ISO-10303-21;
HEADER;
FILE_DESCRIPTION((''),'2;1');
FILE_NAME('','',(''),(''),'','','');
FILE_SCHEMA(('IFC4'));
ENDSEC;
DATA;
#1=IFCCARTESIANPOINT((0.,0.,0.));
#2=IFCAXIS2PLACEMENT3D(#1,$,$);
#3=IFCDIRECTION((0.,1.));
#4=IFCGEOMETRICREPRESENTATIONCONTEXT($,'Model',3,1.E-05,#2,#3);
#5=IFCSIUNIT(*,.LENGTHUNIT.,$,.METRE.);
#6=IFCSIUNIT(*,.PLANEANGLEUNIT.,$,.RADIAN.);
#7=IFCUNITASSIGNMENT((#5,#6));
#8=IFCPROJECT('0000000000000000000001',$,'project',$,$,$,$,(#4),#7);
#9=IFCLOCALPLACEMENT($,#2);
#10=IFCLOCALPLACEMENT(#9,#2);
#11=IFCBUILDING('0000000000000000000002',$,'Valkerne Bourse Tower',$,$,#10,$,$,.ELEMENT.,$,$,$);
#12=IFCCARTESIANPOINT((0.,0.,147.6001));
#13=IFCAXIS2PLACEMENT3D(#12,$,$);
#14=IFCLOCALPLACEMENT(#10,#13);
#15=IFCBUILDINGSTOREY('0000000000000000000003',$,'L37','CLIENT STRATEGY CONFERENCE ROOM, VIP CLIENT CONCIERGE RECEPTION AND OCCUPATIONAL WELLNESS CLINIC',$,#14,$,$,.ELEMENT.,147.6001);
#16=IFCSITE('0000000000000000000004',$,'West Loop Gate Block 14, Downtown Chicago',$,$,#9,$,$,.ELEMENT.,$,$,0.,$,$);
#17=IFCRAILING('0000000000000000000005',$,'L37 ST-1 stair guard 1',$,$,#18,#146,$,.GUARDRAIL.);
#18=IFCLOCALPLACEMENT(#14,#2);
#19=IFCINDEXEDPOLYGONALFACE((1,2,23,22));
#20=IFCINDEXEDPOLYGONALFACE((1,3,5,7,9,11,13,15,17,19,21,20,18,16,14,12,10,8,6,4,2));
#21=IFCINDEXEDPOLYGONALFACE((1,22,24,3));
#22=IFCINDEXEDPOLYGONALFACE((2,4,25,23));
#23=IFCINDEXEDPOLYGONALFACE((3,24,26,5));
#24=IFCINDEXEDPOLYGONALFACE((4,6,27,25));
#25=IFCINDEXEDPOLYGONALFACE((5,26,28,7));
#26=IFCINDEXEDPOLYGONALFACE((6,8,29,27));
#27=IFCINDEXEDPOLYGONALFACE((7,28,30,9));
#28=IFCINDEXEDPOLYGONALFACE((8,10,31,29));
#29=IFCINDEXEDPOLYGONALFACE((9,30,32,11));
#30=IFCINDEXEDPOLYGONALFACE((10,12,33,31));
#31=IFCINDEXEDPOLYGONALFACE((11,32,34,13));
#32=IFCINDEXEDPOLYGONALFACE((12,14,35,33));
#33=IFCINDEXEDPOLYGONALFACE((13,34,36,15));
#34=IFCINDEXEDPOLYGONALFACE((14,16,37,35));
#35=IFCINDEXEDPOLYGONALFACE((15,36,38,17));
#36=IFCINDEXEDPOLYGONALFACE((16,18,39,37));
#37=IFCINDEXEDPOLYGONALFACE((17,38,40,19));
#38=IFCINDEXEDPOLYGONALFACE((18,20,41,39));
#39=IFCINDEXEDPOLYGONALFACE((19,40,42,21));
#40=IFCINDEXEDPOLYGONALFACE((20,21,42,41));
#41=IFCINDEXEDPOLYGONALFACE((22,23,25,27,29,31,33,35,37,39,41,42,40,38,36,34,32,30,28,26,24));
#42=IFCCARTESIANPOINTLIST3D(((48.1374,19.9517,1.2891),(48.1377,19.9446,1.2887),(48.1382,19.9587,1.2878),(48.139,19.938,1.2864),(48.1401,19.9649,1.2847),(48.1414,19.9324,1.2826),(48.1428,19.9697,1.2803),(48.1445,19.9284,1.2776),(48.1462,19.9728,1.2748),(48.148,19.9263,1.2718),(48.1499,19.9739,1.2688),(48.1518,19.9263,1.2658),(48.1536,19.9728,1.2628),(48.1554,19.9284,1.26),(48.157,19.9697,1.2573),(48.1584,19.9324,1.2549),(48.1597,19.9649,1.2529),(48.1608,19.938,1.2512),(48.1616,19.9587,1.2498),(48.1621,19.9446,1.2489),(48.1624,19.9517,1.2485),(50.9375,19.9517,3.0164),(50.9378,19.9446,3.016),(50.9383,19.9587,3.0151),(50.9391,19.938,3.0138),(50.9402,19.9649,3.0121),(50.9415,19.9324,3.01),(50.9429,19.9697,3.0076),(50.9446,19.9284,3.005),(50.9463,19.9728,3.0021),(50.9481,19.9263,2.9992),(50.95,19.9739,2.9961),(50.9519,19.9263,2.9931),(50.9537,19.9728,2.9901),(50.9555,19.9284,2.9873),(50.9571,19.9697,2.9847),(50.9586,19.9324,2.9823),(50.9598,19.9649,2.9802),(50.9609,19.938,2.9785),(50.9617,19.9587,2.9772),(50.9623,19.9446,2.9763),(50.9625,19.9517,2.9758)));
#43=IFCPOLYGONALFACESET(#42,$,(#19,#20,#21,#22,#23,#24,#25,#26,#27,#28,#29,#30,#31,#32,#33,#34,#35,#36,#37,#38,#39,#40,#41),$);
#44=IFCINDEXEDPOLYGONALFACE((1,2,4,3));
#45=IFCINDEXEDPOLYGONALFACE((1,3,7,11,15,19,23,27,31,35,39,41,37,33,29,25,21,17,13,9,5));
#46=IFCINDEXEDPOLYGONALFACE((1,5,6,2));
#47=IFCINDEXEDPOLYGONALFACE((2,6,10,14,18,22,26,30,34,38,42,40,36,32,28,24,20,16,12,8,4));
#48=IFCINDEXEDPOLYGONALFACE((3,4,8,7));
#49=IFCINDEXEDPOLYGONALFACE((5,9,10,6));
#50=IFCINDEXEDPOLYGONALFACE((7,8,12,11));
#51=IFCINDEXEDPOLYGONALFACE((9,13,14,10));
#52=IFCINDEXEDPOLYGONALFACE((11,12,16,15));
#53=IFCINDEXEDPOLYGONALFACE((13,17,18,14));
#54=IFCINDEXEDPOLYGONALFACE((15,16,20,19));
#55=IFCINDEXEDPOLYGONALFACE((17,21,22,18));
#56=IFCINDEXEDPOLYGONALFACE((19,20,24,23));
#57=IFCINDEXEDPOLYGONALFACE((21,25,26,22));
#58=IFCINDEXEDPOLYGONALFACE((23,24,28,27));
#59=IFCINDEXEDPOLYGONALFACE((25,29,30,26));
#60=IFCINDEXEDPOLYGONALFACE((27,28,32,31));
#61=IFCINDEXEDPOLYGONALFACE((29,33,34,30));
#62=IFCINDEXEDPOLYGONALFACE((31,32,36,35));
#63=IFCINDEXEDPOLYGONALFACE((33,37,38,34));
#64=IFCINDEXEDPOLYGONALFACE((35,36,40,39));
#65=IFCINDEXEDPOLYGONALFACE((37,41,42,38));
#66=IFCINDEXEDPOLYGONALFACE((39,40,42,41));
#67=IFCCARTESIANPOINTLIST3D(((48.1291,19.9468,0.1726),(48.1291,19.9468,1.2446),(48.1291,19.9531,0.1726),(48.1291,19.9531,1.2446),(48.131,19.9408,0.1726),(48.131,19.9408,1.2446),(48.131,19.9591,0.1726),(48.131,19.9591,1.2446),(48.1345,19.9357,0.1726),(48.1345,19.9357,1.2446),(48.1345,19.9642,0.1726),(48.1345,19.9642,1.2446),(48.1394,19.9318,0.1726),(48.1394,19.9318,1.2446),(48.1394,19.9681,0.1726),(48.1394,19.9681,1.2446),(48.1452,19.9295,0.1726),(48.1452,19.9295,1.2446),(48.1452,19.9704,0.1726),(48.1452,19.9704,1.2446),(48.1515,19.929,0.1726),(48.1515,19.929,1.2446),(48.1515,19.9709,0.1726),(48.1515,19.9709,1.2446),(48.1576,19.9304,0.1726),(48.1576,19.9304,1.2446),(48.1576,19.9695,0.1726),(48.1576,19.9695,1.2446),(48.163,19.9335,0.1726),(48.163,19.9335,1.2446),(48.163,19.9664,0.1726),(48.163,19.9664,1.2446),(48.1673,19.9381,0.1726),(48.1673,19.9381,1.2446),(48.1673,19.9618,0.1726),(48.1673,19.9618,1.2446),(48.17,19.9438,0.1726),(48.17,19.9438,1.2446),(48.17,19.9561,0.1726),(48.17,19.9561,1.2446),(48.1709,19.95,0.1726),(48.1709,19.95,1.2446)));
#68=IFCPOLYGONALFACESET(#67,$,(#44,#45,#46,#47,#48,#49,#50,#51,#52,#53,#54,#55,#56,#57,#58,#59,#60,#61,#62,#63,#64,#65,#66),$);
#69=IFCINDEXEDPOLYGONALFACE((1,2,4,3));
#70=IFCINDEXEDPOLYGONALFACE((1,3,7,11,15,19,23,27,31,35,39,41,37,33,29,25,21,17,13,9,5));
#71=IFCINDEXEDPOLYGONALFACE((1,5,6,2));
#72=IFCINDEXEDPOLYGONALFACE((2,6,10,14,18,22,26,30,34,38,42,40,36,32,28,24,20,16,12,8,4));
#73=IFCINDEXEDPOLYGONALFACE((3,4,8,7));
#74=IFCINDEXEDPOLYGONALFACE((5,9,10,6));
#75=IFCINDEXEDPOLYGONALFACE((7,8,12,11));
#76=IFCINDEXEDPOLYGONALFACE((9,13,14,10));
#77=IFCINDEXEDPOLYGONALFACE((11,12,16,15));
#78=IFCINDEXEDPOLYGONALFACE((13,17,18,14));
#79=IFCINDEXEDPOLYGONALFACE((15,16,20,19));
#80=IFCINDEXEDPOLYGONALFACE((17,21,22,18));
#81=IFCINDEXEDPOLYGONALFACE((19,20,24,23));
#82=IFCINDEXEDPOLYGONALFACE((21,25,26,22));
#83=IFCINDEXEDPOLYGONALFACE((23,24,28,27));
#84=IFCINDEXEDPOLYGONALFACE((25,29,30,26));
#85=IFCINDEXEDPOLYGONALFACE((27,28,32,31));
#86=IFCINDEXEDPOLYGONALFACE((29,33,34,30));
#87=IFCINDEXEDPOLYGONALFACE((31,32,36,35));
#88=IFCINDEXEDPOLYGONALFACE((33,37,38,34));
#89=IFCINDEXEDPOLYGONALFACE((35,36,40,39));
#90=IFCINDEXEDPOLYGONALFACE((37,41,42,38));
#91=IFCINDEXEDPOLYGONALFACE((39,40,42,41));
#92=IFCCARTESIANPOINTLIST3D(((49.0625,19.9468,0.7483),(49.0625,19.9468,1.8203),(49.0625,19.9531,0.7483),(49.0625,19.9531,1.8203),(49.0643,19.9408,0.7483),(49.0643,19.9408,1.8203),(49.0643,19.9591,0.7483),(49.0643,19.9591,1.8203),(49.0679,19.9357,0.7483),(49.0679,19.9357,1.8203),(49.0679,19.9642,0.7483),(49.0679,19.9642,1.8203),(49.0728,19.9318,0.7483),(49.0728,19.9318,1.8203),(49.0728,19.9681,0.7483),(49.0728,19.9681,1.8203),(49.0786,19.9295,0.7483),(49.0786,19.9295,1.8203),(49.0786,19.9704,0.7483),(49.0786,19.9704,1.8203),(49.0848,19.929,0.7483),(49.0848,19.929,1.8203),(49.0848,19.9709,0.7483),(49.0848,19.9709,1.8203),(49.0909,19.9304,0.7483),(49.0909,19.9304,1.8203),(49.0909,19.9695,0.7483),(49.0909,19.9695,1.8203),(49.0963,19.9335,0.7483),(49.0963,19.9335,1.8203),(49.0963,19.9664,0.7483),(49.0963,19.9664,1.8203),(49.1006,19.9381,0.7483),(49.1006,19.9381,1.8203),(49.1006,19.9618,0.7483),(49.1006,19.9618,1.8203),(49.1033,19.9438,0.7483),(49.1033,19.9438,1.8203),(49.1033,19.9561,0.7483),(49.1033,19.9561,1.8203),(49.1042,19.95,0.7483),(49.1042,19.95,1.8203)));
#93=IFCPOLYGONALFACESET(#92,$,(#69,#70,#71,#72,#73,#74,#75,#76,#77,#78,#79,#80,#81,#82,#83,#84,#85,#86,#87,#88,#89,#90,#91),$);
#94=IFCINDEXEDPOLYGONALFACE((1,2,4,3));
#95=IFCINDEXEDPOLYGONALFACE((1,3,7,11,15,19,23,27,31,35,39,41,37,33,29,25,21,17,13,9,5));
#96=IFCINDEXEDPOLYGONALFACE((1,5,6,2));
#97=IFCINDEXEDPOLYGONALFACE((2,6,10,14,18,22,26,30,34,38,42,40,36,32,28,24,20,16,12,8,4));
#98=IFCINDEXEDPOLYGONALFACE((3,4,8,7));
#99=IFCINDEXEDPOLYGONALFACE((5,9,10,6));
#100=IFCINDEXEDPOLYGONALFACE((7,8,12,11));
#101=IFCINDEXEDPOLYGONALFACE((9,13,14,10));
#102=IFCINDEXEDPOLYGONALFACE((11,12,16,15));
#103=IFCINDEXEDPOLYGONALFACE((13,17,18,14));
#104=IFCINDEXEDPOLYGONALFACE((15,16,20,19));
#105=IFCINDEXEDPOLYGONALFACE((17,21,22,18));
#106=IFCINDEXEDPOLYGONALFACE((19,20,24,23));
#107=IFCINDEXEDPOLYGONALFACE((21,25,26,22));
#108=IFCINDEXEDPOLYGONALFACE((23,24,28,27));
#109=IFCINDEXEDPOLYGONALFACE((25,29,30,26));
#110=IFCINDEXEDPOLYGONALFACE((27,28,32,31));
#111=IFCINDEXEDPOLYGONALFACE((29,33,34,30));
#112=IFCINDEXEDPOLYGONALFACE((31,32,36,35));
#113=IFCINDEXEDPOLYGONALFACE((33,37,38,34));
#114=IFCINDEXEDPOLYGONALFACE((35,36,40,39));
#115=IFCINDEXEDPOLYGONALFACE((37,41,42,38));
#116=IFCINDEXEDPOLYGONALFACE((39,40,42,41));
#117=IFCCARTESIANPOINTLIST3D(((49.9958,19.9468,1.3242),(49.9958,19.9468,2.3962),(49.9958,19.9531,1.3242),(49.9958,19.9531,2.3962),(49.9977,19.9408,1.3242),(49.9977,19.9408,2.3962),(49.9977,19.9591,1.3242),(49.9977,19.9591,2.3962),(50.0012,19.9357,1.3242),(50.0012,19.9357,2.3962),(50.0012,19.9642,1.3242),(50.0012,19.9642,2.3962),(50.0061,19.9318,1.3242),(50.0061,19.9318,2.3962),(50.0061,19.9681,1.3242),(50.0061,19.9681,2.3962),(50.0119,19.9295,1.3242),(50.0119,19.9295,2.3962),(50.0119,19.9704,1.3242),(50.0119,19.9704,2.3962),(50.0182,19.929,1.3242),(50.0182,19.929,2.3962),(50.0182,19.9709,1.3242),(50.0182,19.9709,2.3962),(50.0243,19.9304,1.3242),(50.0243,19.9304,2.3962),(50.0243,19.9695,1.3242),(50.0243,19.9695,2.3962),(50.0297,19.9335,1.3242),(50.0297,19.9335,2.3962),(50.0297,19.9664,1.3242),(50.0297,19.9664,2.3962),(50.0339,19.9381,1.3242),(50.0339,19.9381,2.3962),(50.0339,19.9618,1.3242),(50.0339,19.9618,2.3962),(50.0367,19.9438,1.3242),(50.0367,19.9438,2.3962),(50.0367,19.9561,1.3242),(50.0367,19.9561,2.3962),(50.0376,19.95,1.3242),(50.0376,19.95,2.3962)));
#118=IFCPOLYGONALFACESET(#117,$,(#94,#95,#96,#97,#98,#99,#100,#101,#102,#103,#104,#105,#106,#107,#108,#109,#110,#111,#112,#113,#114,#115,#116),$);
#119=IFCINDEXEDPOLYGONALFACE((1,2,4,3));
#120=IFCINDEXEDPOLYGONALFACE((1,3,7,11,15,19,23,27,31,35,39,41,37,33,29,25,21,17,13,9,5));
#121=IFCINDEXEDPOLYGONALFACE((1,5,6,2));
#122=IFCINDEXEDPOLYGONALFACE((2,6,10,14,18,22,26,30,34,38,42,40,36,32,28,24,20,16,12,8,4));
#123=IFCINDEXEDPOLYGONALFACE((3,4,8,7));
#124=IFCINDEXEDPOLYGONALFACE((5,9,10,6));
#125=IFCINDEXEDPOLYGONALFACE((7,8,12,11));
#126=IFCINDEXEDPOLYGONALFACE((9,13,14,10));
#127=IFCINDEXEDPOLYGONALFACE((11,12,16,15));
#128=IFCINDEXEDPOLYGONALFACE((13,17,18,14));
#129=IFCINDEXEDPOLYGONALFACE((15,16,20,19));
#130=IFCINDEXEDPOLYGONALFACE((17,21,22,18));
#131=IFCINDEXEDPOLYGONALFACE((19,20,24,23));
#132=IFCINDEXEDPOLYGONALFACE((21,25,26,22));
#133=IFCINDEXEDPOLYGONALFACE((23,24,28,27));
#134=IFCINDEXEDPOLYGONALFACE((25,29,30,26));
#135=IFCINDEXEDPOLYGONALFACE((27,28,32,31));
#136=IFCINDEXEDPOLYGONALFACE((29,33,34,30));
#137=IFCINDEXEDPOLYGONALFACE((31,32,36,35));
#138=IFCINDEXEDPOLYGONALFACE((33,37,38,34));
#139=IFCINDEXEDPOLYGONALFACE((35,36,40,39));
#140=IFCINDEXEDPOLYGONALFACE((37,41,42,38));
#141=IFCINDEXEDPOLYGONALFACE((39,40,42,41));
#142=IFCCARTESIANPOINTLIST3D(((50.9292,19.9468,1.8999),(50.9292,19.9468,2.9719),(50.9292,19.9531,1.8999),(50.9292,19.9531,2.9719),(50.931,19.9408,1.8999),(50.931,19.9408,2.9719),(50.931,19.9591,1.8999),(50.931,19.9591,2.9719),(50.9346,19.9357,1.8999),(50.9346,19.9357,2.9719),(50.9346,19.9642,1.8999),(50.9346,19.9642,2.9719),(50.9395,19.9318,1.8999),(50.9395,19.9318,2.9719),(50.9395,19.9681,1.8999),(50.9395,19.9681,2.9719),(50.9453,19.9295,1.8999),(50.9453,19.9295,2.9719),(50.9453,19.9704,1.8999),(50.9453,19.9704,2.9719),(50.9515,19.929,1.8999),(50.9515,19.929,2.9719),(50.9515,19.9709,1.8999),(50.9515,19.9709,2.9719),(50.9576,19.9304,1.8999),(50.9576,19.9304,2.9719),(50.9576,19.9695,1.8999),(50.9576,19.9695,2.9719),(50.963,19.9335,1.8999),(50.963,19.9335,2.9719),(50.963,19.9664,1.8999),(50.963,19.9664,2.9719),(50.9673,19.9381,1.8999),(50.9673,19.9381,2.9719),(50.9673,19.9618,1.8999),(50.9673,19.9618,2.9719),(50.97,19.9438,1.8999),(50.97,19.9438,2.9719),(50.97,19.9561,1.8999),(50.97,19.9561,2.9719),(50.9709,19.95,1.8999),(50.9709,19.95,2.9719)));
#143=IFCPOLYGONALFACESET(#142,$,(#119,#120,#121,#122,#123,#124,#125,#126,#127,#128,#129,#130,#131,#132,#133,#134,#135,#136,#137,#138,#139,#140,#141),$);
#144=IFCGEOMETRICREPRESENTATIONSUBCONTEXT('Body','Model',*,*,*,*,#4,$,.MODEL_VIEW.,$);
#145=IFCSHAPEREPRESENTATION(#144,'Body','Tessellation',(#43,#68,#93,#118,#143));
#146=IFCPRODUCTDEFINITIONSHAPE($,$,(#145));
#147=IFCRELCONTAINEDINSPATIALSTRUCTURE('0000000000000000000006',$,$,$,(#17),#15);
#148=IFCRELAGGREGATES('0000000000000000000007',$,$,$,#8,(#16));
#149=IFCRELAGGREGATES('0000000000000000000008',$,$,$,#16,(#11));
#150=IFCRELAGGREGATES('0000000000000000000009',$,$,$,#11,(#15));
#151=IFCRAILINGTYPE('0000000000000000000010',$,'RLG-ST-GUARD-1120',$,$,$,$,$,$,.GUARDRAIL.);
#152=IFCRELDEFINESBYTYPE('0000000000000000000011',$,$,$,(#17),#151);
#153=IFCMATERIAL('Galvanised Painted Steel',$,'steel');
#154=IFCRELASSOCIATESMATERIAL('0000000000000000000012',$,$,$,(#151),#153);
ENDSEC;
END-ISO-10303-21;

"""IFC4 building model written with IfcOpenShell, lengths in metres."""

from ifc_helpers import new_model, si_unit, direction, frame, origin, origin_2d, place, context, subcontext, project, spatial, circle, extrude, material, type_object, element, save


model = new_model("IFC4")

# Units and contexts
model_context = context("Model", 3, precision=1e-05, world=origin(), true_north=direction((0.0, 1.0)))
body_context = subcontext(model_context, "Body", "Model", "MODEL_VIEW")
ifc_project = project(units=[si_unit("LENGTHUNIT", "METRE"), si_unit("PLANEANGLEUNIT", "RADIAN")], contexts=[model_context])

# Site, building, storey
site_placement = place(None, origin())
site = spatial("IfcSite", under=ifc_project, at=site_placement, Name="West Loop Gate Block 14, Downtown Chicago", CompositionType="ELEMENT", RefElevation=0.0)
building_placement = place(site_placement, origin())
building = spatial("IfcBuilding", under=site, at=building_placement, Name="Valkerne Bourse Tower", CompositionType="ELEMENT")
storey_placement = place(building_placement, frame((0.0, 0.0, 147.6001)))
storey = spatial("IfcBuildingStorey", under=building, at=storey_placement, Name="L37", Description="CLIENT STRATEGY CONFERENCE ROOM, VIP CLIENT CONCIERGE RECEPTION AND OCCUPATIONAL WELLNESS CLINIC", CompositionType="ELEMENT", Elevation=147.6001)

# Shared definitions
ifc_material_1 = material(Name="Galvanised Painted Steel", Category="steel")

# Railing
railing_type_1 = type_object("IfcRailingType", Name="RLG-ST-GUARD-1120", PredefinedType="GUARDRAIL", material=ifc_material_1)
railing_1_placement = place(storey_placement, frame((48.1499, 19.95, 0.1726)))
element("IfcRailing", 1, at=railing_1_placement, inside=storey, type_object=railing_type_1, Name="L37 ST-1 stair guard 1", PredefinedType="GUARDRAIL", context=body_context, shape_type="SweptSolid", body=[
    extrude(circle(Radius=0.0239, at=origin_2d()), frame((0.0, 0.0, 1.0962), z_axis=(0.85109, 0.0, 0.52502), x_axis=(0.0, 1.0, 0.0)), (0.0, 0.0, 1.0), 3.29),
    extrude(circle(Radius=0.021, at=origin_2d()), origin(), (0.0, 0.0, 1.0), 1.072),
    extrude(circle(Radius=0.021, at=origin_2d()), frame((0.9333, 0.0, 0.5757)), (0.0, 0.0, 1.0), 1.072),
    extrude(circle(Radius=0.021, at=origin_2d()), frame((1.8667, 0.0, 1.1516)), (0.0, 0.0, 1.0), 1.072),
    extrude(circle(Radius=0.021, at=origin_2d()), frame((2.8, 0.0, 1.7273)), (0.0, 0.0, 1.0), 1.072),
])

save(model, "model.ifc")
